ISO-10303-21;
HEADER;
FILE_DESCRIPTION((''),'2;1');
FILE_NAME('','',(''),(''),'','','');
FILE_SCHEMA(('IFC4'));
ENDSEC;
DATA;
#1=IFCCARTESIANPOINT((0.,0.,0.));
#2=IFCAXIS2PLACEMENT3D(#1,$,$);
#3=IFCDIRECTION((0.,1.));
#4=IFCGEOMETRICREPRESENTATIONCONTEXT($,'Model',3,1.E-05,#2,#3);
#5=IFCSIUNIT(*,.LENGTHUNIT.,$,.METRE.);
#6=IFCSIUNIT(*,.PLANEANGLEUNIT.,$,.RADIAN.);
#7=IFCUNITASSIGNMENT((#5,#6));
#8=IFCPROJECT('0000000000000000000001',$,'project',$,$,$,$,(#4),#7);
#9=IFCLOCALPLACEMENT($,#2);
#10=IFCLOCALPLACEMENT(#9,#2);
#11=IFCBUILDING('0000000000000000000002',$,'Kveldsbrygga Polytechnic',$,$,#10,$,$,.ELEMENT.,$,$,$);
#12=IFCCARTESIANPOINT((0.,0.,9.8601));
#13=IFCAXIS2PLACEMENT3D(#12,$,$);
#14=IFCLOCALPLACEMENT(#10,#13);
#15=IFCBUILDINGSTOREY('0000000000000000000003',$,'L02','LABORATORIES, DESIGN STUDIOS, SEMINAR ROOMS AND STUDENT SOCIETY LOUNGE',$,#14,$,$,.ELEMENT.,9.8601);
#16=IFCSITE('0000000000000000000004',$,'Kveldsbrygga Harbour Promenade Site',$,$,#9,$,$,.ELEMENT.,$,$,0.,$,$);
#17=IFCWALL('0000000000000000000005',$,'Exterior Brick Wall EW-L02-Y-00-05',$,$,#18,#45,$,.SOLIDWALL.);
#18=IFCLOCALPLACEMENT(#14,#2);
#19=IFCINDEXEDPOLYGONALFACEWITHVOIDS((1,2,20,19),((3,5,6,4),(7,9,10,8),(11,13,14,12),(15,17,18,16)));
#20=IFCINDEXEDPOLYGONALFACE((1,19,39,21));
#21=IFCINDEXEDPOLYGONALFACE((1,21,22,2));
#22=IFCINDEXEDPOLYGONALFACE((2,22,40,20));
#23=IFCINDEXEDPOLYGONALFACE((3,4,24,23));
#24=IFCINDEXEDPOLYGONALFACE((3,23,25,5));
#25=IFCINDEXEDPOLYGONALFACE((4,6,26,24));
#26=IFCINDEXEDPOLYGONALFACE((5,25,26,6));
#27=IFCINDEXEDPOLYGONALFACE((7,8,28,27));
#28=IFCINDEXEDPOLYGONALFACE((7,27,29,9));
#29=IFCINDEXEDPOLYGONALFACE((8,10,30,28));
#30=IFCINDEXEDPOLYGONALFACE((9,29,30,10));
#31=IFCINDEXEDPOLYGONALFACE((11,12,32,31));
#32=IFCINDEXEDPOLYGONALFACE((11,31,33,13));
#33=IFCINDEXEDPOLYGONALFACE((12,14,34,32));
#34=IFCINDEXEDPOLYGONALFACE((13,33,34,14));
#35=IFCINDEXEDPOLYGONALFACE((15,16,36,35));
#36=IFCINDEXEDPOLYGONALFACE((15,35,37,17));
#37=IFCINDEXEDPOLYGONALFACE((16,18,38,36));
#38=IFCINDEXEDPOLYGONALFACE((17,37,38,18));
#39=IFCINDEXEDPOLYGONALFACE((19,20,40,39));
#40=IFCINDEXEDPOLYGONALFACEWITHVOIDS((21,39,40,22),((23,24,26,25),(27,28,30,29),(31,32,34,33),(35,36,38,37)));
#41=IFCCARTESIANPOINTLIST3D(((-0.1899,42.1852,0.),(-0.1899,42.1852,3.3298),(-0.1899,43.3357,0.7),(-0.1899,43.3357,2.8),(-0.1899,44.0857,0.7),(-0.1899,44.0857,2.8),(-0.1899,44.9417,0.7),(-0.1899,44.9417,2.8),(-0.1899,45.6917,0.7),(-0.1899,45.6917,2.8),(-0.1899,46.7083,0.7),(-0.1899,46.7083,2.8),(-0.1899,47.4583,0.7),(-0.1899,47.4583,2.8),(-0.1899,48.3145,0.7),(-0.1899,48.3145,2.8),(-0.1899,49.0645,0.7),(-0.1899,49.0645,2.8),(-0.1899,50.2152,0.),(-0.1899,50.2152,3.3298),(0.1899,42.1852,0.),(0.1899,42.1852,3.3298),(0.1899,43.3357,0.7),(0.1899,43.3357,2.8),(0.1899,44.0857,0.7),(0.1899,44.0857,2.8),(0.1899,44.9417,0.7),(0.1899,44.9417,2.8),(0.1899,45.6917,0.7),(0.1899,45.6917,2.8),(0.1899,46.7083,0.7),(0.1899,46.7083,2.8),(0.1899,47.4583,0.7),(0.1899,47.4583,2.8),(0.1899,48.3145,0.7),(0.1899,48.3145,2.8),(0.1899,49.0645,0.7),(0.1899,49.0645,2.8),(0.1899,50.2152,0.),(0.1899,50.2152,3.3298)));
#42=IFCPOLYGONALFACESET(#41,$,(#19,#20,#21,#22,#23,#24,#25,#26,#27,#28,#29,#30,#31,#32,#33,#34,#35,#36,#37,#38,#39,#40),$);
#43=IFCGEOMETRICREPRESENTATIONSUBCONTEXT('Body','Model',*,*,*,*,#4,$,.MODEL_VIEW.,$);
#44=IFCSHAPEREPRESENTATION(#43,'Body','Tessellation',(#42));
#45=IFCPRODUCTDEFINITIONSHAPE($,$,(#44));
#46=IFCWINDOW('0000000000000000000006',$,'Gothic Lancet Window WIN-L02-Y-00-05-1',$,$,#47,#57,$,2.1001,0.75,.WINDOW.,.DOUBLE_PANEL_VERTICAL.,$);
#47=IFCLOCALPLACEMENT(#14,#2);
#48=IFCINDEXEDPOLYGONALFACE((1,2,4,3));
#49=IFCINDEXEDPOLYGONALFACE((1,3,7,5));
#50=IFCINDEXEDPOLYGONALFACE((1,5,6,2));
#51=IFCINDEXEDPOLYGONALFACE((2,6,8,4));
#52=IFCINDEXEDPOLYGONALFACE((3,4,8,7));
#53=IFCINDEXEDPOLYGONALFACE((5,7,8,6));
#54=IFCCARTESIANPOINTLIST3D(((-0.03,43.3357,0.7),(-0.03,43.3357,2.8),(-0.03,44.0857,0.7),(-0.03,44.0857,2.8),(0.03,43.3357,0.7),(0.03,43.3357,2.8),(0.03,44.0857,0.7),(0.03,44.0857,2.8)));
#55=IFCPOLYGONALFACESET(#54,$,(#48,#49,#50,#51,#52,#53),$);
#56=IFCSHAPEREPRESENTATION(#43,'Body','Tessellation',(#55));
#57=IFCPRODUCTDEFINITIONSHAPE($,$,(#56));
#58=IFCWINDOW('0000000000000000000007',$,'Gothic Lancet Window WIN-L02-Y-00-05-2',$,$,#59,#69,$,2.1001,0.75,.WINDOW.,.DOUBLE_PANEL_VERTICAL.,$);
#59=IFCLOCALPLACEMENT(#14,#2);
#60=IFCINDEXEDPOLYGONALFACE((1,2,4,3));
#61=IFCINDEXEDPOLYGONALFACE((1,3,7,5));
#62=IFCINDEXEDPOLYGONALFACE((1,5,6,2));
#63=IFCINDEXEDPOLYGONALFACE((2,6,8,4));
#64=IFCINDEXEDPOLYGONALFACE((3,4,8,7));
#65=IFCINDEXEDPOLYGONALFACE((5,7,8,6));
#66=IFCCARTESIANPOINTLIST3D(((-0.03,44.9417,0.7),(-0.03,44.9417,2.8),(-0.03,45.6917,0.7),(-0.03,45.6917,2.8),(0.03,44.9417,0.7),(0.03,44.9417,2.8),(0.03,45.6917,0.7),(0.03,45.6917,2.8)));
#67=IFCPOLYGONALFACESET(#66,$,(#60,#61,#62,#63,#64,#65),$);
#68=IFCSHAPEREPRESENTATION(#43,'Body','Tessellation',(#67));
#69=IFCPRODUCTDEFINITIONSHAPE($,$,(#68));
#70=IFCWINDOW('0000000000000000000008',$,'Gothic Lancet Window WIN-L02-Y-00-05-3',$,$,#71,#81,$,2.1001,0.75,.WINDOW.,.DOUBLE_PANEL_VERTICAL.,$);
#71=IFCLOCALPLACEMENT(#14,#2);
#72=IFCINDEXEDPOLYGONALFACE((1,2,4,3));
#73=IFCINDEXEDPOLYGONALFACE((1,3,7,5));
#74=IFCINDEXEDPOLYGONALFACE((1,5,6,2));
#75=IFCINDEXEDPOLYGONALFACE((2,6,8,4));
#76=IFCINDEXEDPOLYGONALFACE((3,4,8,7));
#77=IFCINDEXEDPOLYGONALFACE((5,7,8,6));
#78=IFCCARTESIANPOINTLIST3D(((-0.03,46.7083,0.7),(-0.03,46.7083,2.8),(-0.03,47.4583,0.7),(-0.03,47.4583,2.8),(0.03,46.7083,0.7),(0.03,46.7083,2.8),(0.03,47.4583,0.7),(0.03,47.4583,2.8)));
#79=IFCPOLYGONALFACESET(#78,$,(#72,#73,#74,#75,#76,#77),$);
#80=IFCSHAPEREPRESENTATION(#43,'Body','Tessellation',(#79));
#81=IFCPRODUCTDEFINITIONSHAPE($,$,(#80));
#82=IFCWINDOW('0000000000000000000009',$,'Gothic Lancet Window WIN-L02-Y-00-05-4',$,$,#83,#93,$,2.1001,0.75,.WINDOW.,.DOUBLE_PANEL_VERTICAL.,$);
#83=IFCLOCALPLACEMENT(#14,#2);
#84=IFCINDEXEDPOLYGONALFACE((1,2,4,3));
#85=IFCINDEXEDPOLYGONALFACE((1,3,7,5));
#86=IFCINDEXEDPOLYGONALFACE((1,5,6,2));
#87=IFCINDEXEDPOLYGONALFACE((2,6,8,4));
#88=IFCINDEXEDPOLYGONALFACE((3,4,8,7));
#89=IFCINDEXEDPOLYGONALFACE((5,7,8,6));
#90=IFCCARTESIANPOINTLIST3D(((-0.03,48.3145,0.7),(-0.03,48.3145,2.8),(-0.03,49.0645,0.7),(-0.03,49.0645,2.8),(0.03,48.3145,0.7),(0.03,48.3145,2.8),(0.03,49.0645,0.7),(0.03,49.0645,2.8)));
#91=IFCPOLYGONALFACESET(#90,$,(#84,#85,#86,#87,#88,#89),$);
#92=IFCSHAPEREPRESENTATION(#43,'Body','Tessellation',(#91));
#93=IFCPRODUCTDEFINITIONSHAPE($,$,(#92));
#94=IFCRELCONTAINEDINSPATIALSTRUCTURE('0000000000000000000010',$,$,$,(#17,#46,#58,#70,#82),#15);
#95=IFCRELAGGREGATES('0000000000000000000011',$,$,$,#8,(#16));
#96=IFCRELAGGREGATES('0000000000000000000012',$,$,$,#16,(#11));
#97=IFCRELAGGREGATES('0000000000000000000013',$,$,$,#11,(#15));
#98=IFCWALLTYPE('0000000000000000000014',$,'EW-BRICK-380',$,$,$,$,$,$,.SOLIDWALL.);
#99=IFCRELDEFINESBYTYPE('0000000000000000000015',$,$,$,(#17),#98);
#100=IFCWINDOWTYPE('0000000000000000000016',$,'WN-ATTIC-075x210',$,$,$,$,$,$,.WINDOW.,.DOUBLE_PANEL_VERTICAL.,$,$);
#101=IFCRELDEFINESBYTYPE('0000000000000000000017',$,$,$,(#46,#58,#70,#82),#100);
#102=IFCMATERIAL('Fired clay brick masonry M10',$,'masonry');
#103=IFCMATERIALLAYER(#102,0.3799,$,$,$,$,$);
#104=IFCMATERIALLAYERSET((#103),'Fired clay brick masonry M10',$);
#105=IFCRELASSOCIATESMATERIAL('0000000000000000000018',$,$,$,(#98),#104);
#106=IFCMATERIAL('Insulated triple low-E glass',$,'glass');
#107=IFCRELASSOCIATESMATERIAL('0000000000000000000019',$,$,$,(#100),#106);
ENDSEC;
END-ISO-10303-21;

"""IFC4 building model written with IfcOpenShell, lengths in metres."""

from ifc_helpers import new_model, si_unit, direction, frame, frame_2d, origin, place, context, subcontext, project, spatial, rectangle, extrude, material, layer, layer_set, type_object, element, fill, save


model = new_model("IFC4")

# Units and contexts
model_context = context("Model", 3, precision=1e-05, world=origin(), true_north=direction((0.0, 1.0)))
body_context = subcontext(model_context, "Body", "Model", "MODEL_VIEW")
ifc_project = project(units=[si_unit("LENGTHUNIT", "METRE"), si_unit("PLANEANGLEUNIT", "RADIAN")], contexts=[model_context])

# Site, building, storey
site_placement = place(None, origin())
site = spatial("IfcSite", under=ifc_project, at=site_placement, Name="Kveldsbrygga Harbour Promenade Site", CompositionType="ELEMENT", RefElevation=0.0)
building_placement = place(site_placement, origin())
building = spatial("IfcBuilding", under=site, at=building_placement, Name="Kveldsbrygga Polytechnic", CompositionType="ELEMENT")
storey_placement = place(building_placement, frame((0.0, 0.0, 9.8601)))
storey = spatial("IfcBuildingStorey", under=building, at=storey_placement, Name="L02", Description="LABORATORIES, DESIGN STUDIOS, SEMINAR ROOMS AND STUDENT SOCIETY LOUNGE", CompositionType="ELEMENT", Elevation=9.8601)

# Wall, openings, windows
ifc_material_1 = material(Name="Fired clay brick masonry M10", Category="masonry")
ifc_layer_1 = layer(ifc_material_1, 0.3799)
ifc_layer_set_1 = layer_set([ifc_layer_1], Name="Fired clay brick masonry M10")
wall_type_1 = type_object("IfcWallType", Name="EW-BRICK-380", PredefinedType="SOLIDWALL", material=ifc_layer_set_1)
wall_1_placement = place(storey_placement, frame((0.0, 42.1851, 0.0), z_axis=(0.0, 0.0, 1.0), x_axis=(0.0, 1.0, 0.0)))
wall_1 = element("IfcWall", 1, at=wall_1_placement, inside=storey, type_object=wall_type_1, Name="Exterior Brick Wall EW-L02-Y-00-05", PredefinedType="SOLIDWALL", context=body_context, shape_type="SweptSolid", body=[
    extrude(rectangle(XDim=8.03, YDim=0.3799, at=frame_2d((4.0151, 0.0))), origin(), (0.0, 0.0, 1.0), 3.3298),
])
opening_1_placement = place(wall_1_placement, frame((1.1506, 0.0, 0.7)))
opening_1 = element("IfcOpeningElement", 2, at=opening_1_placement, cuts=wall_1, PredefinedType="OPENING", context=body_context, shape_type="SweptSolid", body=[
    extrude(rectangle(XDim=0.75, YDim=2.1001, at=frame_2d((0.375, 1.05))), frame((0.0, 0.2, 0.0), z_axis=(0.0, -1.0, 0.0), x_axis=(1.0, 0.0, 0.0)), (0.0, 0.0, 1.0), 0.3999),
])
opening_2_placement = place(wall_1_placement, frame((2.7566, 0.0, 0.7)))
opening_2 = element("IfcOpeningElement", 3, at=opening_2_placement, cuts=wall_1, PredefinedType="OPENING", context=body_context, shape_type="SweptSolid", body=[
    extrude(rectangle(XDim=0.75, YDim=2.1001, at=frame_2d((0.375, 1.05))), frame((0.0, 0.2, 0.0), z_axis=(0.0, -1.0, 0.0), x_axis=(1.0, 0.0, 0.0)), (0.0, 0.0, 1.0), 0.3999),
])
opening_3_placement = place(wall_1_placement, frame((4.5232, 0.0, 0.7)))
opening_3 = element("IfcOpeningElement", 4, at=opening_3_placement, cuts=wall_1, PredefinedType="OPENING", context=body_context, shape_type="SweptSolid", body=[
    extrude(rectangle(XDim=0.75, YDim=2.1001, at=frame_2d((0.375, 1.05))), frame((0.0, 0.2, 0.0), z_axis=(0.0, -1.0, 0.0), x_axis=(1.0, 0.0, 0.0)), (0.0, 0.0, 1.0), 0.3999),
])
opening_4_placement = place(wall_1_placement, frame((6.1294, 0.0, 0.7)))
opening_4 = element("IfcOpeningElement", 5, at=opening_4_placement, cuts=wall_1, PredefinedType="OPENING", context=body_context, shape_type="SweptSolid", body=[
    extrude(rectangle(XDim=0.75, YDim=2.1001, at=frame_2d((0.375, 1.05))), frame((0.0, 0.2, 0.0), z_axis=(0.0, -1.0, 0.0), x_axis=(1.0, 0.0, 0.0)), (0.0, 0.0, 1.0), 0.3999),
])
ifc_material_2 = material(Name="Insulated triple low-E glass", Category="glass")
window_type_1 = type_object("IfcWindowType", Name="WN-ATTIC-075x210", PartitioningType="DOUBLE_PANEL_VERTICAL", PredefinedType="WINDOW", material=ifc_material_2)
window_1_placement = place(opening_1_placement, origin())
window_1 = element("IfcWindow", 6, at=window_1_placement, inside=storey, type_object=window_type_1, Name="Gothic Lancet Window WIN-L02-Y-00-05-1", OverallHeight=2.1001, OverallWidth=0.75, PartitioningType="DOUBLE_PANEL_VERTICAL", PredefinedType="WINDOW", context=body_context, shape_type="SweptSolid", body=[
    extrude(rectangle(XDim=0.75, YDim=2.1001, at=frame_2d((0.375, 1.05))), frame((0.0, 0.03, 0.0), z_axis=(0.0, -1.0, 0.0), x_axis=(1.0, 0.0, 0.0)), (0.0, 0.0, 1.0), 0.0601),
])
fill(opening_1, window_1)
window_2_placement = place(opening_2_placement, origin())
window_2 = element("IfcWindow", 7, at=window_2_placement, inside=storey, type_object=window_type_1, Name="Gothic Lancet Window WIN-L02-Y-00-05-2", OverallHeight=2.1001, OverallWidth=0.75, PartitioningType="DOUBLE_PANEL_VERTICAL", PredefinedType="WINDOW", context=body_context, shape_type="SweptSolid", body=[
    extrude(rectangle(XDim=0.75, YDim=2.1001, at=frame_2d((0.375, 1.05))), frame((0.0, 0.03, 0.0), z_axis=(0.0, -1.0, 0.0), x_axis=(1.0, 0.0, 0.0)), (0.0, 0.0, 1.0), 0.0601),
])
fill(opening_2, window_2)
window_3_placement = place(opening_3_placement, origin())
window_3 = element("IfcWindow", 8, at=window_3_placement, inside=storey, type_object=window_type_1, Name="Gothic Lancet Window WIN-L02-Y-00-05-3", OverallHeight=2.1001, OverallWidth=0.75, PartitioningType="DOUBLE_PANEL_VERTICAL", PredefinedType="WINDOW", context=body_context, shape_type="SweptSolid", body=[
    extrude(rectangle(XDim=0.75, YDim=2.1001, at=frame_2d((0.375, 1.05))), frame((0.0, 0.03, 0.0), z_axis=(0.0, -1.0, 0.0), x_axis=(1.0, 0.0, 0.0)), (0.0, 0.0, 1.0), 0.0601),
])
fill(opening_3, window_3)
window_4_placement = place(opening_4_placement, origin())
window_4 = element("IfcWindow", 9, at=window_4_placement, inside=storey, type_object=window_type_1, Name="Gothic Lancet Window WIN-L02-Y-00-05-4", OverallHeight=2.1001, OverallWidth=0.75, PartitioningType="DOUBLE_PANEL_VERTICAL", PredefinedType="WINDOW", context=body_context, shape_type="SweptSolid", body=[
    extrude(rectangle(XDim=0.75, YDim=2.1001, at=frame_2d((0.375, 1.05))), frame((0.0, 0.03, 0.0), z_axis=(0.0, -1.0, 0.0), x_axis=(1.0, 0.0, 0.0)), (0.0, 0.0, 1.0), 0.0601),
])
fill(opening_4, window_4)

save(model, "model.ifc")
